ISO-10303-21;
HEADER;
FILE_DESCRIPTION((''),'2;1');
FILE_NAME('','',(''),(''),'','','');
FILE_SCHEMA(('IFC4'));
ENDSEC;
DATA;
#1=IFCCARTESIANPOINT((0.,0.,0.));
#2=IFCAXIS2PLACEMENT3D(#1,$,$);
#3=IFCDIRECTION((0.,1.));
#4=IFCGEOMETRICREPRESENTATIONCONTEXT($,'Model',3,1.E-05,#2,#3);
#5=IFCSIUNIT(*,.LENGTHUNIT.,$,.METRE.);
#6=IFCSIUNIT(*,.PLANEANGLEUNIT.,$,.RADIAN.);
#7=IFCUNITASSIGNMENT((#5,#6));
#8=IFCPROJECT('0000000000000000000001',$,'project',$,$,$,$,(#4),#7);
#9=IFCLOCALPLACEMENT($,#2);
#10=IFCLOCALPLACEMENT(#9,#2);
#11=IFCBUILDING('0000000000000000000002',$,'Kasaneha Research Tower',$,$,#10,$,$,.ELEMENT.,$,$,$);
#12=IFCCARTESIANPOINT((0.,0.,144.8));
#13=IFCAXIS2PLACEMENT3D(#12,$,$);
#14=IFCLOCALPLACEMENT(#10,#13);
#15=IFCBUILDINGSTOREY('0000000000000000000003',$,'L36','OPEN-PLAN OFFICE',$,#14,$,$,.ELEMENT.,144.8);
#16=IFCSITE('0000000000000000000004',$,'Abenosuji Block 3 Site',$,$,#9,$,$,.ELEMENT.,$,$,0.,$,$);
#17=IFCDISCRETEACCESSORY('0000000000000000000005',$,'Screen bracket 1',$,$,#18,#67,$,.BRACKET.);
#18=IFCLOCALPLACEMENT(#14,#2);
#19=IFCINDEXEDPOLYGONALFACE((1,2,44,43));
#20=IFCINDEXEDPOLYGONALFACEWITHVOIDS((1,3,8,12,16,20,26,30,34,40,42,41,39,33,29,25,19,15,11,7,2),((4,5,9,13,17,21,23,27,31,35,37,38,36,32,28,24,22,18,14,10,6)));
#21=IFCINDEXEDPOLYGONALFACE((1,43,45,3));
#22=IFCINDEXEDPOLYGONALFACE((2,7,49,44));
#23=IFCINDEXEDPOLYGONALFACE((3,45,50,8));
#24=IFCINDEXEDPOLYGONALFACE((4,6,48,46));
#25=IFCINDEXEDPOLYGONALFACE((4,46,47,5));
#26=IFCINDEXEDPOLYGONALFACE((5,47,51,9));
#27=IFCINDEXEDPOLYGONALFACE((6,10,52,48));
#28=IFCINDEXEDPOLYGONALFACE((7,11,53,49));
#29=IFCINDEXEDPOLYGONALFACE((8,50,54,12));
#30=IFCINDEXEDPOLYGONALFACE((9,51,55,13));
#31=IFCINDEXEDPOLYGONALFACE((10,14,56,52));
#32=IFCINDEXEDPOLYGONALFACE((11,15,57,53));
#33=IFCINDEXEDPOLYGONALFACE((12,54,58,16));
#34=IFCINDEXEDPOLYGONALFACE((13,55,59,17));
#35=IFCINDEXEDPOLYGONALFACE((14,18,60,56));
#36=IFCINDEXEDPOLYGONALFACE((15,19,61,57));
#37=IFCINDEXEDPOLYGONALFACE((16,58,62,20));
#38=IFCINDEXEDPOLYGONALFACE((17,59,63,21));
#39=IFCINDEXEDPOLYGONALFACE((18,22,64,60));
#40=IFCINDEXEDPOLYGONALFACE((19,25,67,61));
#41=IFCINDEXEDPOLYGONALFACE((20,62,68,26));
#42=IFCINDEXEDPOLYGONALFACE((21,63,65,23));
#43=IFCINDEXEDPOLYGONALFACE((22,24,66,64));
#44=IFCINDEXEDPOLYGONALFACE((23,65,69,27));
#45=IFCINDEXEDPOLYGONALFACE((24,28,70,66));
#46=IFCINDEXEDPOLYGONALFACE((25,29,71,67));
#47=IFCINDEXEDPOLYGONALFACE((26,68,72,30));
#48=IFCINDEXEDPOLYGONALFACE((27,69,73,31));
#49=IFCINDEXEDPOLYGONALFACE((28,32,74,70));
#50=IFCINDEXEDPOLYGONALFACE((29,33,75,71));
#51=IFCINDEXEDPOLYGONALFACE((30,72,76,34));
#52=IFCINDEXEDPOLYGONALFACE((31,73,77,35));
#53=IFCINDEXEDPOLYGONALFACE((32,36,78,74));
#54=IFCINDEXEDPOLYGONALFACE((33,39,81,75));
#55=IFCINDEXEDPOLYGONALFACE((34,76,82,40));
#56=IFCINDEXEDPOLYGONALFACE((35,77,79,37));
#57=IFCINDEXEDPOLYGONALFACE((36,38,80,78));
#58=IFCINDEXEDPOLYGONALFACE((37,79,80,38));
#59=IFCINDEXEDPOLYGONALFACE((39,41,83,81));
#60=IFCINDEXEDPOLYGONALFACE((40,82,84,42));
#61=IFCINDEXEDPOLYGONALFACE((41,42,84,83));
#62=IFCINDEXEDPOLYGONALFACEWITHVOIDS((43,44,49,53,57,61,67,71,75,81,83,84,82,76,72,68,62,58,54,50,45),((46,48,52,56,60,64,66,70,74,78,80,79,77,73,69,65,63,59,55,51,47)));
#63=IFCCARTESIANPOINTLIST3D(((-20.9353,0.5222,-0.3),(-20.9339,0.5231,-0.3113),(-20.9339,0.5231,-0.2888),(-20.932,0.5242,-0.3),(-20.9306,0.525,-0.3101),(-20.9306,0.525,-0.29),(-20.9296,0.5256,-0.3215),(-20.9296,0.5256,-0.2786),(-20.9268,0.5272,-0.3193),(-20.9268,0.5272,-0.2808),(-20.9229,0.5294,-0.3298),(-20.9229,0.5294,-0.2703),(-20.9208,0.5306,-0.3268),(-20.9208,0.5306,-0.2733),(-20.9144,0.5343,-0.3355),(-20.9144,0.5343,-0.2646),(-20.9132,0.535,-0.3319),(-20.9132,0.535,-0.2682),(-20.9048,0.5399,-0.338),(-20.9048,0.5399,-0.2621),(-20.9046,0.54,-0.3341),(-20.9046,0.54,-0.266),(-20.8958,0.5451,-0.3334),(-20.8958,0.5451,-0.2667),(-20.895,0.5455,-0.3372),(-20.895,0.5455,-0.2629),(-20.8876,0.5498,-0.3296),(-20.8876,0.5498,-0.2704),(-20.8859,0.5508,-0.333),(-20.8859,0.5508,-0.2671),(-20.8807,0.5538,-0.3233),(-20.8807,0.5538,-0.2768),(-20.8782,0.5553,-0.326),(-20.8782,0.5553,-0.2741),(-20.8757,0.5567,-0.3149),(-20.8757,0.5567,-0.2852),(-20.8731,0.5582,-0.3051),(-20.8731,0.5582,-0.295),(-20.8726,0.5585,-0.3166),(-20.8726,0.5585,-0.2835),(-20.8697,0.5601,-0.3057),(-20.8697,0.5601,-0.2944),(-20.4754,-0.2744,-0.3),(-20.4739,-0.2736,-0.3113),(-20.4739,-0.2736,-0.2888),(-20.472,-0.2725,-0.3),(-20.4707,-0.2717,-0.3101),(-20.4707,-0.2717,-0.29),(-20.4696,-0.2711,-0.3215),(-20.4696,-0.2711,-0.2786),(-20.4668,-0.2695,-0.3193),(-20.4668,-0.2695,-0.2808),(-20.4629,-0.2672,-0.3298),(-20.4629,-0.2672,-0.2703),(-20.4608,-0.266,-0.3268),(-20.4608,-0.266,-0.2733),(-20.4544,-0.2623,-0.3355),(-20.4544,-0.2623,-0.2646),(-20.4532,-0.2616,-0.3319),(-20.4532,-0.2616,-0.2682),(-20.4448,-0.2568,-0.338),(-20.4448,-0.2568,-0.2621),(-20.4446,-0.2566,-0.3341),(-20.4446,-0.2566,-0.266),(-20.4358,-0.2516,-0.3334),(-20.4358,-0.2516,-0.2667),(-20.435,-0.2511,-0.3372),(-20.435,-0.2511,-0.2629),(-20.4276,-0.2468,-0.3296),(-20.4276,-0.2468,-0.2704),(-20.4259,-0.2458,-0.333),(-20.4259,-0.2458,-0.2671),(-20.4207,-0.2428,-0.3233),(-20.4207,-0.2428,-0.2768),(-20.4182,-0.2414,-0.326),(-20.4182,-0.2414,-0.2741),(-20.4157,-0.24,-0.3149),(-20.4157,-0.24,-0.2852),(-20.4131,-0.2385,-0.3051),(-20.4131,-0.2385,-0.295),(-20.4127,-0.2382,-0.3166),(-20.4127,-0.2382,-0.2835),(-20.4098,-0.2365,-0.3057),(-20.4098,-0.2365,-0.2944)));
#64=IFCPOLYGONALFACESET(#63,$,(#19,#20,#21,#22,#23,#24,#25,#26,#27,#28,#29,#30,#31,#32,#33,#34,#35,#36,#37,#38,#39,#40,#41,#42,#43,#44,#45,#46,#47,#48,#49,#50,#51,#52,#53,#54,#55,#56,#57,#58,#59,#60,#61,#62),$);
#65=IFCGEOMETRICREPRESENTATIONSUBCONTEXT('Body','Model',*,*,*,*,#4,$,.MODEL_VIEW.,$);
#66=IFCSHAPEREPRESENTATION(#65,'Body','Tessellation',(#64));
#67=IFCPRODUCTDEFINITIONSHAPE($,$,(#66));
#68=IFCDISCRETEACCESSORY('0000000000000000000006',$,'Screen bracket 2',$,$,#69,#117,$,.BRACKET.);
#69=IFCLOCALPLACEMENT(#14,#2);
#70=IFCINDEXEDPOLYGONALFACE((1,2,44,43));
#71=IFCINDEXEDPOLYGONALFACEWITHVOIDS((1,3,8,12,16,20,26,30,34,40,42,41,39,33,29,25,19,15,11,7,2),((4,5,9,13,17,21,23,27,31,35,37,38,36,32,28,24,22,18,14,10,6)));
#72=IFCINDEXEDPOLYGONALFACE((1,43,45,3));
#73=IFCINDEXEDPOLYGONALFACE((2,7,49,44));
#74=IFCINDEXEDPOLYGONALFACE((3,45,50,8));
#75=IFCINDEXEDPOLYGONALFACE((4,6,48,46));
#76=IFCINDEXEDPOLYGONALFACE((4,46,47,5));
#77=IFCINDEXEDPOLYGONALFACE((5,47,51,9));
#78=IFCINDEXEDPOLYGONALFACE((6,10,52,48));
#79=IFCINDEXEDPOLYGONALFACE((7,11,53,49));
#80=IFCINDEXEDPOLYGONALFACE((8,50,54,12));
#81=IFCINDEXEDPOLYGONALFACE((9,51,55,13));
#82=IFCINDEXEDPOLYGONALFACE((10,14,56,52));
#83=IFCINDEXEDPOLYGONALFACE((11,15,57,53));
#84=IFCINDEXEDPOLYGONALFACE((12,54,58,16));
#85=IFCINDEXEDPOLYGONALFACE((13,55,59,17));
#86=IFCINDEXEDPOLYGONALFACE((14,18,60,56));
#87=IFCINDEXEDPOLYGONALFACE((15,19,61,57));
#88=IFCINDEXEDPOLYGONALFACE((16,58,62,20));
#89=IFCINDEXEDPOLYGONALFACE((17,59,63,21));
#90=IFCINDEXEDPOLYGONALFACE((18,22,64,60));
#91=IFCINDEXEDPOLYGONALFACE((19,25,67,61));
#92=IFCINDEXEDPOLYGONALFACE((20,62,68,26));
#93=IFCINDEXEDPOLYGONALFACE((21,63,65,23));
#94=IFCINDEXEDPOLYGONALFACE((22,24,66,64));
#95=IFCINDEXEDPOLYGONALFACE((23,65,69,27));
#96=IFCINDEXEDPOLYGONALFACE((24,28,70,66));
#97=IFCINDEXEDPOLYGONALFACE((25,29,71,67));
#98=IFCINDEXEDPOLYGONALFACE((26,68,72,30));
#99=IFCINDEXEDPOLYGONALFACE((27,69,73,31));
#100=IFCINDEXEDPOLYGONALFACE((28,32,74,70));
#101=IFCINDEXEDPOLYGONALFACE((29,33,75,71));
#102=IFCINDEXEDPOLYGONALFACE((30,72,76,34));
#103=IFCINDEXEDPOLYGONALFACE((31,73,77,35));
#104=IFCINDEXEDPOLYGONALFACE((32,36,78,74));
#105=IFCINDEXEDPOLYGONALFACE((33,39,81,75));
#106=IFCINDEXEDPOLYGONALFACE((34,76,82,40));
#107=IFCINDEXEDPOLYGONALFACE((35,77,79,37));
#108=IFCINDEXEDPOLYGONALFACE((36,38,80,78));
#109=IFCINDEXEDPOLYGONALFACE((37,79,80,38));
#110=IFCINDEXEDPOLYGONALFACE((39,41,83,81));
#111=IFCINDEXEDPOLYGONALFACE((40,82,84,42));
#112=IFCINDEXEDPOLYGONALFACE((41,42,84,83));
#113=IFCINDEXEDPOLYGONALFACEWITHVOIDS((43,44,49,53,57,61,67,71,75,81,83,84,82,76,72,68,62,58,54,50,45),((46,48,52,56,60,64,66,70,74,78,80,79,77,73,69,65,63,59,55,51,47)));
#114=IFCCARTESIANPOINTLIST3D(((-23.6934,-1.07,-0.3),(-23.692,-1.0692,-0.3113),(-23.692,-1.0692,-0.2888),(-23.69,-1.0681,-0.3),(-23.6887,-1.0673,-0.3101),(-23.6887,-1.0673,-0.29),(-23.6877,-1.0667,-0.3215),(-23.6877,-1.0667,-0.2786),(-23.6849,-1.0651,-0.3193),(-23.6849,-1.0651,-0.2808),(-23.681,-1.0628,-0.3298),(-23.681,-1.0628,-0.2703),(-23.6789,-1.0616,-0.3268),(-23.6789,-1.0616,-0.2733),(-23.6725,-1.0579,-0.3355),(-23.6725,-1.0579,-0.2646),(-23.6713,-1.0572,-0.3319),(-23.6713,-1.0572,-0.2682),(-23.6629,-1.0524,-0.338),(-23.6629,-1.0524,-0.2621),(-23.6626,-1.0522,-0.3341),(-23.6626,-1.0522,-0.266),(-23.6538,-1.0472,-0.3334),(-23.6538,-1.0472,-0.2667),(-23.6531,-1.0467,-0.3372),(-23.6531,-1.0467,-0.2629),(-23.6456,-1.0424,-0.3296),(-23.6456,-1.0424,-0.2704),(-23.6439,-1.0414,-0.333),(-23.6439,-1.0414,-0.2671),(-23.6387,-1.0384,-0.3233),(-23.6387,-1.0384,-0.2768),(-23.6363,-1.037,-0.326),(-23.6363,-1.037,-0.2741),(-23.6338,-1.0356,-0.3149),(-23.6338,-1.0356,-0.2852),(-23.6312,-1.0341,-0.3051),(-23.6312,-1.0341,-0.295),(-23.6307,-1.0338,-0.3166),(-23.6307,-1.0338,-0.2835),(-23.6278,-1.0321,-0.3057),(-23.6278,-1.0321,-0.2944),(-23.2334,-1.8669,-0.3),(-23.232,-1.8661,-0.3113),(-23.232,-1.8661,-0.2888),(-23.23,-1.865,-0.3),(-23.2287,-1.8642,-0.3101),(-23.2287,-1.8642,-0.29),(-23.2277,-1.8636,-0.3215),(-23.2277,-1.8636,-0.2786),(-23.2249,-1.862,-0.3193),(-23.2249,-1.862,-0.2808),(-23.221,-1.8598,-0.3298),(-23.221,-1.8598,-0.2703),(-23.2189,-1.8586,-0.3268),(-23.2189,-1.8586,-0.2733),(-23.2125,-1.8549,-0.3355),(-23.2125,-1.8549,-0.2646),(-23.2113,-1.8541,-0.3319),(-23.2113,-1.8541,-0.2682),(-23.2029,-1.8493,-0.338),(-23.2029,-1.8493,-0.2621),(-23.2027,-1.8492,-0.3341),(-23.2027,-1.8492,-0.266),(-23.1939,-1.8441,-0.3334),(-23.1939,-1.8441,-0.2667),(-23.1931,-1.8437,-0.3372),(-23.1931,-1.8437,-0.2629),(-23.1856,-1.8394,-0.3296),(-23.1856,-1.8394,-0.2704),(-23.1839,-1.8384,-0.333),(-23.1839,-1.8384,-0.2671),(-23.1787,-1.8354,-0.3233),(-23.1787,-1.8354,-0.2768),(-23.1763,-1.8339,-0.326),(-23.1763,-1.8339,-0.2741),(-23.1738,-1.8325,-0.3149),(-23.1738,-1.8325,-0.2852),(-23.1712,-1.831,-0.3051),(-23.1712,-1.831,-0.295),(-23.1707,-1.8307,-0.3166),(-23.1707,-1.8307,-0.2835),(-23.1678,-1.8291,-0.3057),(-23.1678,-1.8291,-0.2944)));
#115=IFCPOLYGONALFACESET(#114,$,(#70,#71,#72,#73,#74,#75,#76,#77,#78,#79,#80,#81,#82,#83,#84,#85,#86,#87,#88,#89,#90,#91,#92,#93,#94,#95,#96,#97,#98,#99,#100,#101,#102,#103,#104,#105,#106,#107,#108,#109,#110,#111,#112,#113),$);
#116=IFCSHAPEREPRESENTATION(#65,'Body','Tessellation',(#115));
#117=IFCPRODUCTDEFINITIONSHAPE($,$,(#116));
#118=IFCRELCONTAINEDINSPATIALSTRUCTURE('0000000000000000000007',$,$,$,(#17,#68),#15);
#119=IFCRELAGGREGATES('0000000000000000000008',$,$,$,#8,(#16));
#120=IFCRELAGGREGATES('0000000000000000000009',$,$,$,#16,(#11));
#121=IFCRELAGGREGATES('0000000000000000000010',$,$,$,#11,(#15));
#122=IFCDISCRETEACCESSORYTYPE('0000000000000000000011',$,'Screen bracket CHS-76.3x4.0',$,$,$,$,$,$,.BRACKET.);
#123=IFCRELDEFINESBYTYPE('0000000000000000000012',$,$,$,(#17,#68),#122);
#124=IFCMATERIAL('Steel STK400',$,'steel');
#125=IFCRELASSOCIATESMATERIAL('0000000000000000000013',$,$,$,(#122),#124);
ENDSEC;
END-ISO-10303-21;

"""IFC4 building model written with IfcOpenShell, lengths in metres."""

from ifc_helpers import new_model, si_unit, direction, frame, origin, origin_2d, place, context, subcontext, project, spatial, hollow_circle, extrude, material, material_profile, profile_set, type_object, element, save


model = new_model("IFC4")

# Units and contexts
model_context = context("Model", 3, precision=1e-05, world=origin(), true_north=direction((0.0, 1.0)))
body_context = subcontext(model_context, "Body", "Model", "MODEL_VIEW")
ifc_project = project(units=[si_unit("LENGTHUNIT", "METRE"), si_unit("PLANEANGLEUNIT", "RADIAN")], contexts=[model_context])

# Site, building, storey
site_placement = place(None, origin())
site = spatial("IfcSite", under=ifc_project, at=site_placement, Name="Abenosuji Block 3 Site", CompositionType="ELEMENT", RefElevation=0.0)
building_placement = place(site_placement, origin())
building = spatial("IfcBuilding", under=site, at=building_placement, Name="Kasaneha Research Tower", CompositionType="ELEMENT")
storey_placement = place(building_placement, frame((0.0, 0.0, 144.8)))
storey = spatial("IfcBuildingStorey", under=building, at=storey_placement, Name="L36", Description="OPEN-PLAN OFFICE", CompositionType="ELEMENT", Elevation=144.8)

# Discrete accessories
ifc_material_1 = material(Name="Steel STK400", Category="steel")
ifc_material_profile_1 = material_profile(ifc_material_1, hollow_circle(Radius=0.0381, WallThickness=0.0039, at=origin_2d()), Name="CHS-76.3x4.0")
ifc_profile_set_1 = profile_set([ifc_material_profile_1], Name="Steel STK400")
discrete_accessory_type = type_object("IfcDiscreteAccessoryType", Name="Screen bracket CHS-76.3x4.0", PredefinedType="BRACKET", material=ifc_profile_set_1)
for number, where, z_axis, x_axis, name in (
    (1, (-20.4424, -0.2554, -0.3), (-0.500021, 0.866013, 0.0), (-0.866013, -0.500021, 0.0), "Screen bracket 1"),
):
    element("IfcDiscreteAccessory", number, at=place(storey_placement, frame(where, z_axis=z_axis, x_axis=x_axis)), inside=storey, type_object=discrete_accessory_type, Name=name, PredefinedType="BRACKET", context=body_context, shape_type="SweptSolid", body=[
        extrude(hollow_circle(Radius=0.0381, WallThickness=0.0039, at=origin_2d()), origin(), (0.0, 0.0, 1.0), 0.9199),
    ])
discrete_accessory_placement = place(storey_placement, frame((-23.2004, -1.8479, -0.3), z_axis=(-0.499906, 0.86608, 0.0), x_axis=(-0.86608, -0.499906, 0.0)))
element("IfcDiscreteAccessory", 2, at=discrete_accessory_placement, inside=storey, type_object=discrete_accessory_type, Name="Screen bracket 2", PredefinedType="BRACKET", context=body_context, shape_type="SweptSolid", body=[
    extrude(hollow_circle(Radius=0.0381, WallThickness=0.0039, at=origin_2d()), origin(), (0.0, 0.0, 1.0), 0.9202),
])

save(model, "model.ifc")
